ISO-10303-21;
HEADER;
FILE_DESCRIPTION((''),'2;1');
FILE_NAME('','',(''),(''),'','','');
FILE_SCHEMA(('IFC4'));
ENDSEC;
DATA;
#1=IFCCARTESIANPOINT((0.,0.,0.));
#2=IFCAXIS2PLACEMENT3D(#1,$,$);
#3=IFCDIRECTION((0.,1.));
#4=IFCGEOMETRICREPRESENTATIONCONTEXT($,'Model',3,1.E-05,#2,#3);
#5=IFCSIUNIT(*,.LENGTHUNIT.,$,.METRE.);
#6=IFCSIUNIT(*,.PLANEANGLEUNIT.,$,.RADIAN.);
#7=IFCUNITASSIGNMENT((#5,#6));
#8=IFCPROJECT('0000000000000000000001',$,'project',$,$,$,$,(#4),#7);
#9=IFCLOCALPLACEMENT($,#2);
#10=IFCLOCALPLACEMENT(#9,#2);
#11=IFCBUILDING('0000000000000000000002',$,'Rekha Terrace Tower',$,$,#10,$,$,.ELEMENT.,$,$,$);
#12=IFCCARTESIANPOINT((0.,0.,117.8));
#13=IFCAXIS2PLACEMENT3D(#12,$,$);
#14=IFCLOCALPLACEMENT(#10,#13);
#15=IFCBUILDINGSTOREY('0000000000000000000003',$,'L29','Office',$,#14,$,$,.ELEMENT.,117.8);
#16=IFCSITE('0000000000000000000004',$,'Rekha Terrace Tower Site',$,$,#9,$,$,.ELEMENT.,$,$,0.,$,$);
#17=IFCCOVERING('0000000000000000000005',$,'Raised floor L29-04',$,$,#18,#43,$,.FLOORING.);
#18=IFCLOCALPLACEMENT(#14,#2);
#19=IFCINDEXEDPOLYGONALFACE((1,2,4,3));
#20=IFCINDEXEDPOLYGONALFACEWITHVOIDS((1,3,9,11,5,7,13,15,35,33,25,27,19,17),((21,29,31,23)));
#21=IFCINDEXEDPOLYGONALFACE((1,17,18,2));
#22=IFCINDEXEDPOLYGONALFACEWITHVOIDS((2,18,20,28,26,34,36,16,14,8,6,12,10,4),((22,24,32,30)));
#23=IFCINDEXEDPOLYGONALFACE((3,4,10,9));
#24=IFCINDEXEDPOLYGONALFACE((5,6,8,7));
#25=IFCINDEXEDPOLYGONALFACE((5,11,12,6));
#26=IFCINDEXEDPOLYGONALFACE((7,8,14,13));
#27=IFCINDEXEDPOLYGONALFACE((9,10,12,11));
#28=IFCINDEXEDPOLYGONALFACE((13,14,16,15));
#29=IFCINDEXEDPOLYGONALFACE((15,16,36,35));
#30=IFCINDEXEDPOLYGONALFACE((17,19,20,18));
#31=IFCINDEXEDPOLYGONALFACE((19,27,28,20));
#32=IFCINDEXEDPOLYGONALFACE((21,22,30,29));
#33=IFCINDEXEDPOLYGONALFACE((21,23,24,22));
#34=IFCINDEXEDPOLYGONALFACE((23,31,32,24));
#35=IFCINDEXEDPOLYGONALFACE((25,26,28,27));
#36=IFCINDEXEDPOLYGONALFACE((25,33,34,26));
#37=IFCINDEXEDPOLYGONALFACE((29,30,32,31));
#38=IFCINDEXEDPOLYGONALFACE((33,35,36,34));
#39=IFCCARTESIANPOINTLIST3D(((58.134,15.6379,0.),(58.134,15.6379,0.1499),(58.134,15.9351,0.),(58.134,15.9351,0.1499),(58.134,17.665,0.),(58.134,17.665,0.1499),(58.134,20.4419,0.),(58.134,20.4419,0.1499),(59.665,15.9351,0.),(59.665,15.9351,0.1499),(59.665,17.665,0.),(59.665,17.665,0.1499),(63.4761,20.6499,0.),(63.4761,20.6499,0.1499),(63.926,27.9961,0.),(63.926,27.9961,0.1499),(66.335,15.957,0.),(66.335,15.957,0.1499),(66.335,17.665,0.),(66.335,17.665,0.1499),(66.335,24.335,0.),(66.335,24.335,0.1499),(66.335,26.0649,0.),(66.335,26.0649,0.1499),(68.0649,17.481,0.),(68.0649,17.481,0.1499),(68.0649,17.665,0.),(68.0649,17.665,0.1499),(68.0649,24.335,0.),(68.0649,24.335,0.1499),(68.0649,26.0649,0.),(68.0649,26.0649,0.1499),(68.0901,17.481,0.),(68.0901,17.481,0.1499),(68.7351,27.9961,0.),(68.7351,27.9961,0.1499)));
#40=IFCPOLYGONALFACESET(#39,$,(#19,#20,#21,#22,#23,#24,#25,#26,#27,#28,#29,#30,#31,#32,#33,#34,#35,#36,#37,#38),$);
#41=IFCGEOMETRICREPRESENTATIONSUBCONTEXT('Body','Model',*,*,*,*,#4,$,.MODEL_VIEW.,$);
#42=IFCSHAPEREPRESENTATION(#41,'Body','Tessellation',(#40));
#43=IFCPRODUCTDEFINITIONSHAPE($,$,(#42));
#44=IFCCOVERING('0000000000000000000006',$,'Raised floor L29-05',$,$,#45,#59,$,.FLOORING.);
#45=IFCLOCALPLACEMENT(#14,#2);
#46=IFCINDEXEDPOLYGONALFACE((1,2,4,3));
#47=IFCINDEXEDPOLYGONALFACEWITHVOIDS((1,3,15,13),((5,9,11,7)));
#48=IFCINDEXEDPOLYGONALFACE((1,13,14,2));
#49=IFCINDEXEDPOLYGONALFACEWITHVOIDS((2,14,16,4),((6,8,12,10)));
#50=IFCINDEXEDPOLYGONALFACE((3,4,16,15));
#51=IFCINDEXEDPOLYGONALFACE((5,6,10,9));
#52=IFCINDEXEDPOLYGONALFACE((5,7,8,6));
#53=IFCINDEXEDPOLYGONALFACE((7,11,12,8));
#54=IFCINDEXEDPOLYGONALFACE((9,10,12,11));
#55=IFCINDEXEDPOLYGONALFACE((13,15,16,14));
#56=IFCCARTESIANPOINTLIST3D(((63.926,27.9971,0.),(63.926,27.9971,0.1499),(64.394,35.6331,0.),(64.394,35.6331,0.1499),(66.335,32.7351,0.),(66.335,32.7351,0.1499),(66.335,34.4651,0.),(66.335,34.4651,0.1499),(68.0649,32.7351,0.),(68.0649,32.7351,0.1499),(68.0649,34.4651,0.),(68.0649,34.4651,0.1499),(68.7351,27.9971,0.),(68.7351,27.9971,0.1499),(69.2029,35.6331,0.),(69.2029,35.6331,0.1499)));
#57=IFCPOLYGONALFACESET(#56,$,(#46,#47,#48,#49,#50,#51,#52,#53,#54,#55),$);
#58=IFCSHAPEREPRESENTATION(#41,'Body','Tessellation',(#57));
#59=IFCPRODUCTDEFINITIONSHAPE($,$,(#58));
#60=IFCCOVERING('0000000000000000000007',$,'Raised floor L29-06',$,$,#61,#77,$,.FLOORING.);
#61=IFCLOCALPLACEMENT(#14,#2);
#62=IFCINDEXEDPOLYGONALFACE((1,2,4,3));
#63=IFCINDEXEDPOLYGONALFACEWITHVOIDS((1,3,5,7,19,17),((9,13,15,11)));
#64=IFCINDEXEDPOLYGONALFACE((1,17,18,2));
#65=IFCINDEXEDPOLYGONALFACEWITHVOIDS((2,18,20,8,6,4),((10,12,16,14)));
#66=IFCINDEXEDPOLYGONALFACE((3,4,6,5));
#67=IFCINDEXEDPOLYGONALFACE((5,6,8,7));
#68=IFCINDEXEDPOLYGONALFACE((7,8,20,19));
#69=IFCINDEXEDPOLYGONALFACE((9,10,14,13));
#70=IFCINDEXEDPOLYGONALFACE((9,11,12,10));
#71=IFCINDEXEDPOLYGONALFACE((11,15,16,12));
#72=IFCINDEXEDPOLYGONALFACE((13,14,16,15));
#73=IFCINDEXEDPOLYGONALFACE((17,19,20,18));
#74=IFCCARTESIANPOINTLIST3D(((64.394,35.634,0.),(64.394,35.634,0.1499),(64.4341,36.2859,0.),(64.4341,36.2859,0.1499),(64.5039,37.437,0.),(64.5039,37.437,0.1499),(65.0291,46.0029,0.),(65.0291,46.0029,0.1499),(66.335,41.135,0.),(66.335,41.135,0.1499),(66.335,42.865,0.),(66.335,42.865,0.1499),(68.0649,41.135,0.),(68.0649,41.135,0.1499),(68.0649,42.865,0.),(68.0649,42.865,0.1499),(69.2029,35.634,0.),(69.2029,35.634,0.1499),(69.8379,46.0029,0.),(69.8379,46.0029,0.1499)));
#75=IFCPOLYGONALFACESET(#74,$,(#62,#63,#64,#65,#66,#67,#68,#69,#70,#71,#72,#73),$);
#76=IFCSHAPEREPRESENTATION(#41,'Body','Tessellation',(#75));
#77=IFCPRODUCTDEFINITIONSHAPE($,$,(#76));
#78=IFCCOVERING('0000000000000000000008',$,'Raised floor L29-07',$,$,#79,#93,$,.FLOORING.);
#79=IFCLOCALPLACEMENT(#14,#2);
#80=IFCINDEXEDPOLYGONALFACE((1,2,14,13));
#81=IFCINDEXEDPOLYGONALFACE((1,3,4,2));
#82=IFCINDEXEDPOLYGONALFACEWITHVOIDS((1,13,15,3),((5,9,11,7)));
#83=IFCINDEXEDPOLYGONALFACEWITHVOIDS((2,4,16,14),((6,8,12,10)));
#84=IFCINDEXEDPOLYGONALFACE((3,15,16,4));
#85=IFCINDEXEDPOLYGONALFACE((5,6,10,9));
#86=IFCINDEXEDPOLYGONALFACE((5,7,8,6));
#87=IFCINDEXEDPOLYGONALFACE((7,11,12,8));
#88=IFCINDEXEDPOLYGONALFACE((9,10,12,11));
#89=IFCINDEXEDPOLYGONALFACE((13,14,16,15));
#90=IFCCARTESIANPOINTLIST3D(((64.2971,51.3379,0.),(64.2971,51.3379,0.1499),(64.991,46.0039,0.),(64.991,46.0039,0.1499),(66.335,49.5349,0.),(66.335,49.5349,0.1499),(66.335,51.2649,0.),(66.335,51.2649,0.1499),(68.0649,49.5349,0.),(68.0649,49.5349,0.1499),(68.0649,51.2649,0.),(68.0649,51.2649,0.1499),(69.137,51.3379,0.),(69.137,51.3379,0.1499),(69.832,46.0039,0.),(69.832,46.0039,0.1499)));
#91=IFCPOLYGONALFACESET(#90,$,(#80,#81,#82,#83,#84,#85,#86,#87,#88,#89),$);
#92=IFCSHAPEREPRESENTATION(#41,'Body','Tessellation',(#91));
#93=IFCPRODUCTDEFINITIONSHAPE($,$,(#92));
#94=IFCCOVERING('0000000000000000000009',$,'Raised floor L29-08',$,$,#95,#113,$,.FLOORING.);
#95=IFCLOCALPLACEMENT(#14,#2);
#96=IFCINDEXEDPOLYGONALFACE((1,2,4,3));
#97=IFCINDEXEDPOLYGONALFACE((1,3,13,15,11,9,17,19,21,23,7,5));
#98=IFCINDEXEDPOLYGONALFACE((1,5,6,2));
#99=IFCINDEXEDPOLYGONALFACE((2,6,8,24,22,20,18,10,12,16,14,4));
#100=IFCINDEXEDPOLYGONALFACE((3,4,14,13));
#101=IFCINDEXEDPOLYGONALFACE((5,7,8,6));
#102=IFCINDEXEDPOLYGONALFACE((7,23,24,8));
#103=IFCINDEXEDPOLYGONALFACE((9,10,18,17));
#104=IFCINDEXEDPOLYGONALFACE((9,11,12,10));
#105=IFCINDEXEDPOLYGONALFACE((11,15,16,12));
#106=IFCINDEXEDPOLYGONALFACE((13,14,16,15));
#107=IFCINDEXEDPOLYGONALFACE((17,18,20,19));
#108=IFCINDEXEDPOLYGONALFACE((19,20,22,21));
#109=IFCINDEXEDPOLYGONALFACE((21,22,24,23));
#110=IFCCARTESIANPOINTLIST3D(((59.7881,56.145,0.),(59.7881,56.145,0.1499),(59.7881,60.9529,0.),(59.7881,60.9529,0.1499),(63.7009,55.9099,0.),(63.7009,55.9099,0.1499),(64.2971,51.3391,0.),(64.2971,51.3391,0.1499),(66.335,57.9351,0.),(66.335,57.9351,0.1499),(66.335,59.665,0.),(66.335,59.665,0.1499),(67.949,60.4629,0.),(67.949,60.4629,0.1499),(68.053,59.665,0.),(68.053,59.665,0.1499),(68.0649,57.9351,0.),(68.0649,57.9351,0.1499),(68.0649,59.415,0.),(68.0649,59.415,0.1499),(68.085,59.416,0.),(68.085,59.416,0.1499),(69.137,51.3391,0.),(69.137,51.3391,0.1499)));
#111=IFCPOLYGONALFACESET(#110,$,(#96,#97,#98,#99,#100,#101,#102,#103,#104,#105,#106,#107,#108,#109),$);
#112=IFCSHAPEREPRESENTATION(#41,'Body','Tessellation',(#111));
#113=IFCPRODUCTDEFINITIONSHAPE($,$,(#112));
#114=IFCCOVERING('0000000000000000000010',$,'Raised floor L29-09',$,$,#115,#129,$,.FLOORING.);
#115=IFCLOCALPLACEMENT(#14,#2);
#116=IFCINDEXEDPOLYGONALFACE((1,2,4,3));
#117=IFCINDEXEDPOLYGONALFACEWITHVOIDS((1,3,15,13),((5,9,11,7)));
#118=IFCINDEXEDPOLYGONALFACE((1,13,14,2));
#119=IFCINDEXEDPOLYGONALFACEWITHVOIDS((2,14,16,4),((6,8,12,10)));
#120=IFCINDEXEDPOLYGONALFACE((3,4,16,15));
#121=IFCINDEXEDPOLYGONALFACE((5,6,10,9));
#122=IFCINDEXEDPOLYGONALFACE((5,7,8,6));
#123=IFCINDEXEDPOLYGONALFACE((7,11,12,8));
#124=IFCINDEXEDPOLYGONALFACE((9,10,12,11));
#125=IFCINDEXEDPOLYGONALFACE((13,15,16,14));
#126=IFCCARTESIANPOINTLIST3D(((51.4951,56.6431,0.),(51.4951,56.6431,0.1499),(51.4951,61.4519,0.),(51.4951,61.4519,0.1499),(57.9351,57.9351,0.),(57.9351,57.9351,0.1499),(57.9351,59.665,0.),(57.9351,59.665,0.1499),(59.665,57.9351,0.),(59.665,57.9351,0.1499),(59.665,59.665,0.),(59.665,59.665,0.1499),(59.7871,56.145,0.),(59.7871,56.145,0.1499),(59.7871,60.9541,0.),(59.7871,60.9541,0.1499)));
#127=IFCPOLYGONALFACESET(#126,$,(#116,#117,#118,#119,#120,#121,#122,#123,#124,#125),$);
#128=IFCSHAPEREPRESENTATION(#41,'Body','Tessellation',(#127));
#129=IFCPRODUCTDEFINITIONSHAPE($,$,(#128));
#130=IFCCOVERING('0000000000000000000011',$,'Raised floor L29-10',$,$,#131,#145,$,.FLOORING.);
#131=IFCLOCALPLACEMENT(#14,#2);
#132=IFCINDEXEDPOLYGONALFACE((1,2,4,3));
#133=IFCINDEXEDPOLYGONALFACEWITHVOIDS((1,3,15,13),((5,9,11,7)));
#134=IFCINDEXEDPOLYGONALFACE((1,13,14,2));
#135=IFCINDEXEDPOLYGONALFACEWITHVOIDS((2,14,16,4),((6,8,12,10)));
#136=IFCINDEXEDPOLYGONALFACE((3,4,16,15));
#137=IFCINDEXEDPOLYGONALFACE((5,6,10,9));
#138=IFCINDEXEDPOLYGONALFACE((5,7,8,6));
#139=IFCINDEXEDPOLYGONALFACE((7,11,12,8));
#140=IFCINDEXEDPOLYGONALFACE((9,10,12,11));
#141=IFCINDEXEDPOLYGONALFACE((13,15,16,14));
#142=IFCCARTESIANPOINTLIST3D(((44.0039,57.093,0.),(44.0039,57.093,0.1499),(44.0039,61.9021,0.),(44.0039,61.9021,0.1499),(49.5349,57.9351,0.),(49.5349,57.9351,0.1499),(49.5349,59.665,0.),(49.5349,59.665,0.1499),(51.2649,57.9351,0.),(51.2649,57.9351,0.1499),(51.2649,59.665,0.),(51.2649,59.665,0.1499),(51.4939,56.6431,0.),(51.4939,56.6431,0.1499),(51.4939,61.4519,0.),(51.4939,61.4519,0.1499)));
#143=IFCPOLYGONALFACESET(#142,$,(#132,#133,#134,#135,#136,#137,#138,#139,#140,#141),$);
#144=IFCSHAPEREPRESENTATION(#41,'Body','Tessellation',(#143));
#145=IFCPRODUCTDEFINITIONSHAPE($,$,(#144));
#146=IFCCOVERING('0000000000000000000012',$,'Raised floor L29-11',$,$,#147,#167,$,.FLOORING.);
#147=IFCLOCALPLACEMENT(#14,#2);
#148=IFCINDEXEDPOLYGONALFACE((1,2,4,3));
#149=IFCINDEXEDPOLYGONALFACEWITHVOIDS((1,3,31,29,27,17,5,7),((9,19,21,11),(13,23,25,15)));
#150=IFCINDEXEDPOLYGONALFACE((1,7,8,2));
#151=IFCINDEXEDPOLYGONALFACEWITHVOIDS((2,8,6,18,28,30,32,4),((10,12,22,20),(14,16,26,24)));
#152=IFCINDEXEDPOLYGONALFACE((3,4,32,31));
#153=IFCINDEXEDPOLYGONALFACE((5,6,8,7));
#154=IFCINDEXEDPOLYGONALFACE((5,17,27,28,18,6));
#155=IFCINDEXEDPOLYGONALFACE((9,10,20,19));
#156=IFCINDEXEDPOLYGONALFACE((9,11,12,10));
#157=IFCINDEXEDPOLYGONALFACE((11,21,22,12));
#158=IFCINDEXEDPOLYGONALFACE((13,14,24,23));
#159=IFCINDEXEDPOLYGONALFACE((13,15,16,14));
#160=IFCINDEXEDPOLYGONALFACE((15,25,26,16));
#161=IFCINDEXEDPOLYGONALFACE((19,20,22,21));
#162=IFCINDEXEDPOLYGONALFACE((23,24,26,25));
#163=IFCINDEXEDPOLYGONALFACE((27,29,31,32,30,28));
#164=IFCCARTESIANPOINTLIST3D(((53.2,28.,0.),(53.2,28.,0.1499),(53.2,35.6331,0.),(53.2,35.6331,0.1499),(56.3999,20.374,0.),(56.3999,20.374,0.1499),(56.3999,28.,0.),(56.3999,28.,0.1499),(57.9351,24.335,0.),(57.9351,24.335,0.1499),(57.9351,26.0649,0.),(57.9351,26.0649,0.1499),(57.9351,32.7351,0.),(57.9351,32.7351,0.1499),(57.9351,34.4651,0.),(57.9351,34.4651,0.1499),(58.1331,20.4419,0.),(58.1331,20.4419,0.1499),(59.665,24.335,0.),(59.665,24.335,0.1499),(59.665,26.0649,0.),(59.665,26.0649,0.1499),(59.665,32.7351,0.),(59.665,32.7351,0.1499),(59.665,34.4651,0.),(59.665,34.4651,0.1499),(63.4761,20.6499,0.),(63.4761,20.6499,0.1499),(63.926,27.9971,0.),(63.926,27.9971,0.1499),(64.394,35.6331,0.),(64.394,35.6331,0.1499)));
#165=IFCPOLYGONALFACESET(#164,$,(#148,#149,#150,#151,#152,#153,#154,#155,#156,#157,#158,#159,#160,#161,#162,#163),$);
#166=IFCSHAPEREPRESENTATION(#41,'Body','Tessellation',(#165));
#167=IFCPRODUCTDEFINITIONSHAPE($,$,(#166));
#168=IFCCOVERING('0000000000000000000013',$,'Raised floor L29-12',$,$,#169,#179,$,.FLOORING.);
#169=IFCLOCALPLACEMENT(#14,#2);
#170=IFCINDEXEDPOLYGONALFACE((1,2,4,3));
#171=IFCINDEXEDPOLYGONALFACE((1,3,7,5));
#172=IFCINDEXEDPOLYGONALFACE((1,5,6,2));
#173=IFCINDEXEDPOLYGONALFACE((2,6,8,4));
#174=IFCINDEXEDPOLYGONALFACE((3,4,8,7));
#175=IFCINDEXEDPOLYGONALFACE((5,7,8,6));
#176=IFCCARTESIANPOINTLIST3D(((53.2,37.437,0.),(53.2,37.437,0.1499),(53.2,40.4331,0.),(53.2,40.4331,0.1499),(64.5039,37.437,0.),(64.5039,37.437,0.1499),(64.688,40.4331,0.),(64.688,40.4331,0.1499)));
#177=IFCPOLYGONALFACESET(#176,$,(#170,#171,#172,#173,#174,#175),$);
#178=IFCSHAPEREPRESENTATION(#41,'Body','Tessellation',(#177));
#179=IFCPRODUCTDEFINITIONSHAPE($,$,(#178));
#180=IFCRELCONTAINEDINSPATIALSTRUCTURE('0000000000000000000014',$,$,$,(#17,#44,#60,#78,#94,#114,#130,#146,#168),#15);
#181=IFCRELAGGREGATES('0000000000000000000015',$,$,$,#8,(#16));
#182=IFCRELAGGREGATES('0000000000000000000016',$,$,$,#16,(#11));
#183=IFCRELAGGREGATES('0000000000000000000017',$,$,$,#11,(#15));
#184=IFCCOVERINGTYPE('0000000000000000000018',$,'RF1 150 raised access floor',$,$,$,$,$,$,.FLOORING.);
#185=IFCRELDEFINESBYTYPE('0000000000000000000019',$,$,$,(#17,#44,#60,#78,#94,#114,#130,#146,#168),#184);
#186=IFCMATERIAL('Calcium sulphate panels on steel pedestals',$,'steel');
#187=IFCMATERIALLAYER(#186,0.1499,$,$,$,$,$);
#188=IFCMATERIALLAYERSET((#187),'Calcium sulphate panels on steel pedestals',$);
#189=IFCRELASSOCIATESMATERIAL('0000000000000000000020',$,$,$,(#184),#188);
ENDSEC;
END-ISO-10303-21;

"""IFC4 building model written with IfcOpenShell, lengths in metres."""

from ifc_helpers import new_model, si_unit, direction, frame, origin, place, context, subcontext, project, spatial, polyline, outline, extrude, material, layer, layer_set, type_object, element, save


model = new_model("IFC4")

# Units and contexts
model_context = context("Model", 3, precision=1e-05, world=origin(), true_north=direction((0.0, 1.0)))
body_context = subcontext(model_context, "Body", "Model", "MODEL_VIEW")
ifc_project = project(units=[si_unit("LENGTHUNIT", "METRE"), si_unit("PLANEANGLEUNIT", "RADIAN")], contexts=[model_context])

# Site, building, storey
site_placement = place(None, origin())
site = spatial("IfcSite", under=ifc_project, at=site_placement, Name="Rekha Terrace Tower Site", CompositionType="ELEMENT", RefElevation=0.0)
building_placement = place(site_placement, origin())
building = spatial("IfcBuilding", under=site, at=building_placement, Name="Rekha Terrace Tower", CompositionType="ELEMENT")
storey_placement = place(building_placement, frame((0.0, 0.0, 117.8)))
storey = spatial("IfcBuildingStorey", under=building, at=storey_placement, Name="L29", Description="Office", CompositionType="ELEMENT", Elevation=117.8)

# Coverings
ifc_material_1 = material(Name="Calcium sulphate panels on steel pedestals", Category="steel")
ifc_layer_1 = layer(ifc_material_1, 0.1499)
ifc_layer_set_1 = layer_set([ifc_layer_1], Name="Calcium sulphate panels on steel pedestals")
covering_type_1 = type_object("IfcCoveringType", Name="RF1 150 raised access floor", PredefinedType="FLOORING", material=ifc_layer_set_1)
covering_1_placement = place(storey_placement, origin())
element("IfcCovering", 1, at=covering_1_placement, inside=storey, type_object=covering_type_1, Name="Raised floor L29-04", PredefinedType="FLOORING", context=body_context, shape_type="SweptSolid", body=[
    extrude(outline(polyline([(63.926, 27.9961), (63.4761, 20.6499), (58.134, 20.4419), (58.134, 17.665), (59.665, 17.665), (59.665, 15.9351), (58.134, 15.9351), (58.134, 15.6379), (66.335, 15.957), (66.335, 17.665), (68.0649, 17.665), (68.0649, 17.481), (68.0901, 17.481), (68.7351, 27.9961), (63.926, 27.9961)]), holes=[polyline([(68.0649, 24.335), (66.335, 24.335), (66.335, 26.0649), (68.0649, 26.0649), (68.0649, 24.335)])]), origin(), (0.0, 0.0, 1.0), 0.1499),
])
covering_2_placement = place(storey_placement, origin())
element("IfcCovering", 2, at=covering_2_placement, inside=storey, type_object=covering_type_1, Name="Raised floor L29-05", PredefinedType="FLOORING", context=body_context, shape_type="SweptSolid", body=[
    extrude(outline(polyline([(63.926, 27.9971), (68.7351, 27.9971), (69.2029, 35.6331), (64.394, 35.6331), (63.926, 27.9971)]), holes=[polyline([(68.0649, 34.4651), (68.0649, 32.7351), (66.335, 32.7351), (66.335, 34.4651), (68.0649, 34.4651)])]), origin(), (0.0, 0.0, 1.0), 0.1499),
])
covering_3_placement = place(storey_placement, origin())
element("IfcCovering", 3, at=covering_3_placement, inside=storey, type_object=covering_type_1, Name="Raised floor L29-06", PredefinedType="FLOORING", context=body_context, shape_type="SweptSolid", body=[
    extrude(outline(polyline([(65.0291, 46.0029), (64.5039, 37.437), (64.4341, 36.2859), (64.394, 35.634), (69.2029, 35.634), (69.8379, 46.0029), (65.0291, 46.0029)]), holes=[polyline([(68.0649, 41.135), (66.335, 41.135), (66.335, 42.865), (68.0649, 42.865), (68.0649, 41.135)])]), origin(), (0.0, 0.0, 1.0), 0.1499),
])
covering_4_placement = place(storey_placement, origin())
element("IfcCovering", 4, at=covering_4_placement, inside=storey, type_object=covering_type_1, Name="Raised floor L29-07", PredefinedType="FLOORING", context=body_context, shape_type="SweptSolid", body=[
    extrude(outline(polyline([(64.991, 46.0039), (69.832, 46.0039), (69.137, 51.3379), (64.2971, 51.3379), (64.991, 46.0039)]), holes=[polyline([(68.0649, 49.5349), (66.335, 49.5349), (66.335, 51.2649), (68.0649, 51.2649), (68.0649, 49.5349)])]), origin(), (0.0, 0.0, 1.0), 0.1499),
])
covering_5_placement = place(storey_placement, origin())
element("IfcCovering", 5, at=covering_5_placement, inside=storey, type_object=covering_type_1, Name="Raised floor L29-08", PredefinedType="FLOORING", context=body_context, shape_type="SweptSolid", body=[
    extrude(outline(polyline([(67.949, 60.4629), (59.7881, 60.9529), (59.7881, 56.145), (63.7009, 55.9099), (64.2971, 51.3391), (69.137, 51.3391), (68.085, 59.416), (68.0649, 59.415), (68.0649, 57.9351), (66.335, 57.9351), (66.335, 59.665), (68.053, 59.665), (67.949, 60.4629)])), origin(), (0.0, 0.0, 1.0), 0.1499),
])
covering_6_placement = place(storey_placement, origin())
element("IfcCovering", 6, at=covering_6_placement, inside=storey, type_object=covering_type_1, Name="Raised floor L29-09", PredefinedType="FLOORING", context=body_context, shape_type="SweptSolid", body=[
    extrude(outline(polyline([(59.7871, 56.145), (59.7871, 60.9541), (51.4951, 61.4519), (51.4951, 56.6431), (59.7871, 56.145)]), holes=[polyline([(59.665, 57.9351), (57.9351, 57.9351), (57.9351, 59.665), (59.665, 59.665), (59.665, 57.9351)])]), origin(), (0.0, 0.0, 1.0), 0.1499),
])
covering_7_placement = place(storey_placement, origin())
element("IfcCovering", 7, at=covering_7_placement, inside=storey, type_object=covering_type_1, Name="Raised floor L29-10", PredefinedType="FLOORING", context=body_context, shape_type="SweptSolid", body=[
    extrude(outline(polyline([(51.4939, 56.6431), (51.4939, 61.4519), (44.0039, 61.9021), (44.0039, 57.093), (51.4939, 56.6431)]), holes=[polyline([(51.2649, 57.9351), (49.5349, 57.9351), (49.5349, 59.665), (51.2649, 59.665), (51.2649, 57.9351)])]), origin(), (0.0, 0.0, 1.0), 0.1499),
])
covering_8_placement = place(storey_placement, origin())
element("IfcCovering", 8, at=covering_8_placement, inside=storey, type_object=covering_type_1, Name="Raised floor L29-11", PredefinedType="FLOORING", context=body_context, shape_type="SweptSolid", body=[
    extrude(outline(polyline([(56.3999, 20.374), (58.1331, 20.4419), (63.4761, 20.6499), (63.926, 27.9971), (64.394, 35.6331), (53.2, 35.6331), (53.2, 28.0), (56.3999, 28.0), (56.3999, 20.374)]), holes=[polyline([(59.665, 26.0649), (59.665, 24.335), (57.9351, 24.335), (57.9351, 26.0649), (59.665, 26.0649)]), polyline([(59.665, 32.7351), (57.9351, 32.7351), (57.9351, 34.4651), (59.665, 34.4651), (59.665, 32.7351)])]), origin(), (0.0, 0.0, 1.0), 0.1499),
])
covering_9_placement = place(storey_placement, origin())
element("IfcCovering", 9, at=covering_9_placement, inside=storey, type_object=covering_type_1, Name="Raised floor L29-12", PredefinedType="FLOORING", context=body_context, shape_type="SweptSolid", body=[
    extrude(outline(polyline([(64.688, 40.4331), (53.2, 40.4331), (53.2, 37.437), (64.5039, 37.437), (64.688, 40.4331)])), origin(), (0.0, 0.0, 1.0), 0.1499),
])

save(model, "model.ifc")
